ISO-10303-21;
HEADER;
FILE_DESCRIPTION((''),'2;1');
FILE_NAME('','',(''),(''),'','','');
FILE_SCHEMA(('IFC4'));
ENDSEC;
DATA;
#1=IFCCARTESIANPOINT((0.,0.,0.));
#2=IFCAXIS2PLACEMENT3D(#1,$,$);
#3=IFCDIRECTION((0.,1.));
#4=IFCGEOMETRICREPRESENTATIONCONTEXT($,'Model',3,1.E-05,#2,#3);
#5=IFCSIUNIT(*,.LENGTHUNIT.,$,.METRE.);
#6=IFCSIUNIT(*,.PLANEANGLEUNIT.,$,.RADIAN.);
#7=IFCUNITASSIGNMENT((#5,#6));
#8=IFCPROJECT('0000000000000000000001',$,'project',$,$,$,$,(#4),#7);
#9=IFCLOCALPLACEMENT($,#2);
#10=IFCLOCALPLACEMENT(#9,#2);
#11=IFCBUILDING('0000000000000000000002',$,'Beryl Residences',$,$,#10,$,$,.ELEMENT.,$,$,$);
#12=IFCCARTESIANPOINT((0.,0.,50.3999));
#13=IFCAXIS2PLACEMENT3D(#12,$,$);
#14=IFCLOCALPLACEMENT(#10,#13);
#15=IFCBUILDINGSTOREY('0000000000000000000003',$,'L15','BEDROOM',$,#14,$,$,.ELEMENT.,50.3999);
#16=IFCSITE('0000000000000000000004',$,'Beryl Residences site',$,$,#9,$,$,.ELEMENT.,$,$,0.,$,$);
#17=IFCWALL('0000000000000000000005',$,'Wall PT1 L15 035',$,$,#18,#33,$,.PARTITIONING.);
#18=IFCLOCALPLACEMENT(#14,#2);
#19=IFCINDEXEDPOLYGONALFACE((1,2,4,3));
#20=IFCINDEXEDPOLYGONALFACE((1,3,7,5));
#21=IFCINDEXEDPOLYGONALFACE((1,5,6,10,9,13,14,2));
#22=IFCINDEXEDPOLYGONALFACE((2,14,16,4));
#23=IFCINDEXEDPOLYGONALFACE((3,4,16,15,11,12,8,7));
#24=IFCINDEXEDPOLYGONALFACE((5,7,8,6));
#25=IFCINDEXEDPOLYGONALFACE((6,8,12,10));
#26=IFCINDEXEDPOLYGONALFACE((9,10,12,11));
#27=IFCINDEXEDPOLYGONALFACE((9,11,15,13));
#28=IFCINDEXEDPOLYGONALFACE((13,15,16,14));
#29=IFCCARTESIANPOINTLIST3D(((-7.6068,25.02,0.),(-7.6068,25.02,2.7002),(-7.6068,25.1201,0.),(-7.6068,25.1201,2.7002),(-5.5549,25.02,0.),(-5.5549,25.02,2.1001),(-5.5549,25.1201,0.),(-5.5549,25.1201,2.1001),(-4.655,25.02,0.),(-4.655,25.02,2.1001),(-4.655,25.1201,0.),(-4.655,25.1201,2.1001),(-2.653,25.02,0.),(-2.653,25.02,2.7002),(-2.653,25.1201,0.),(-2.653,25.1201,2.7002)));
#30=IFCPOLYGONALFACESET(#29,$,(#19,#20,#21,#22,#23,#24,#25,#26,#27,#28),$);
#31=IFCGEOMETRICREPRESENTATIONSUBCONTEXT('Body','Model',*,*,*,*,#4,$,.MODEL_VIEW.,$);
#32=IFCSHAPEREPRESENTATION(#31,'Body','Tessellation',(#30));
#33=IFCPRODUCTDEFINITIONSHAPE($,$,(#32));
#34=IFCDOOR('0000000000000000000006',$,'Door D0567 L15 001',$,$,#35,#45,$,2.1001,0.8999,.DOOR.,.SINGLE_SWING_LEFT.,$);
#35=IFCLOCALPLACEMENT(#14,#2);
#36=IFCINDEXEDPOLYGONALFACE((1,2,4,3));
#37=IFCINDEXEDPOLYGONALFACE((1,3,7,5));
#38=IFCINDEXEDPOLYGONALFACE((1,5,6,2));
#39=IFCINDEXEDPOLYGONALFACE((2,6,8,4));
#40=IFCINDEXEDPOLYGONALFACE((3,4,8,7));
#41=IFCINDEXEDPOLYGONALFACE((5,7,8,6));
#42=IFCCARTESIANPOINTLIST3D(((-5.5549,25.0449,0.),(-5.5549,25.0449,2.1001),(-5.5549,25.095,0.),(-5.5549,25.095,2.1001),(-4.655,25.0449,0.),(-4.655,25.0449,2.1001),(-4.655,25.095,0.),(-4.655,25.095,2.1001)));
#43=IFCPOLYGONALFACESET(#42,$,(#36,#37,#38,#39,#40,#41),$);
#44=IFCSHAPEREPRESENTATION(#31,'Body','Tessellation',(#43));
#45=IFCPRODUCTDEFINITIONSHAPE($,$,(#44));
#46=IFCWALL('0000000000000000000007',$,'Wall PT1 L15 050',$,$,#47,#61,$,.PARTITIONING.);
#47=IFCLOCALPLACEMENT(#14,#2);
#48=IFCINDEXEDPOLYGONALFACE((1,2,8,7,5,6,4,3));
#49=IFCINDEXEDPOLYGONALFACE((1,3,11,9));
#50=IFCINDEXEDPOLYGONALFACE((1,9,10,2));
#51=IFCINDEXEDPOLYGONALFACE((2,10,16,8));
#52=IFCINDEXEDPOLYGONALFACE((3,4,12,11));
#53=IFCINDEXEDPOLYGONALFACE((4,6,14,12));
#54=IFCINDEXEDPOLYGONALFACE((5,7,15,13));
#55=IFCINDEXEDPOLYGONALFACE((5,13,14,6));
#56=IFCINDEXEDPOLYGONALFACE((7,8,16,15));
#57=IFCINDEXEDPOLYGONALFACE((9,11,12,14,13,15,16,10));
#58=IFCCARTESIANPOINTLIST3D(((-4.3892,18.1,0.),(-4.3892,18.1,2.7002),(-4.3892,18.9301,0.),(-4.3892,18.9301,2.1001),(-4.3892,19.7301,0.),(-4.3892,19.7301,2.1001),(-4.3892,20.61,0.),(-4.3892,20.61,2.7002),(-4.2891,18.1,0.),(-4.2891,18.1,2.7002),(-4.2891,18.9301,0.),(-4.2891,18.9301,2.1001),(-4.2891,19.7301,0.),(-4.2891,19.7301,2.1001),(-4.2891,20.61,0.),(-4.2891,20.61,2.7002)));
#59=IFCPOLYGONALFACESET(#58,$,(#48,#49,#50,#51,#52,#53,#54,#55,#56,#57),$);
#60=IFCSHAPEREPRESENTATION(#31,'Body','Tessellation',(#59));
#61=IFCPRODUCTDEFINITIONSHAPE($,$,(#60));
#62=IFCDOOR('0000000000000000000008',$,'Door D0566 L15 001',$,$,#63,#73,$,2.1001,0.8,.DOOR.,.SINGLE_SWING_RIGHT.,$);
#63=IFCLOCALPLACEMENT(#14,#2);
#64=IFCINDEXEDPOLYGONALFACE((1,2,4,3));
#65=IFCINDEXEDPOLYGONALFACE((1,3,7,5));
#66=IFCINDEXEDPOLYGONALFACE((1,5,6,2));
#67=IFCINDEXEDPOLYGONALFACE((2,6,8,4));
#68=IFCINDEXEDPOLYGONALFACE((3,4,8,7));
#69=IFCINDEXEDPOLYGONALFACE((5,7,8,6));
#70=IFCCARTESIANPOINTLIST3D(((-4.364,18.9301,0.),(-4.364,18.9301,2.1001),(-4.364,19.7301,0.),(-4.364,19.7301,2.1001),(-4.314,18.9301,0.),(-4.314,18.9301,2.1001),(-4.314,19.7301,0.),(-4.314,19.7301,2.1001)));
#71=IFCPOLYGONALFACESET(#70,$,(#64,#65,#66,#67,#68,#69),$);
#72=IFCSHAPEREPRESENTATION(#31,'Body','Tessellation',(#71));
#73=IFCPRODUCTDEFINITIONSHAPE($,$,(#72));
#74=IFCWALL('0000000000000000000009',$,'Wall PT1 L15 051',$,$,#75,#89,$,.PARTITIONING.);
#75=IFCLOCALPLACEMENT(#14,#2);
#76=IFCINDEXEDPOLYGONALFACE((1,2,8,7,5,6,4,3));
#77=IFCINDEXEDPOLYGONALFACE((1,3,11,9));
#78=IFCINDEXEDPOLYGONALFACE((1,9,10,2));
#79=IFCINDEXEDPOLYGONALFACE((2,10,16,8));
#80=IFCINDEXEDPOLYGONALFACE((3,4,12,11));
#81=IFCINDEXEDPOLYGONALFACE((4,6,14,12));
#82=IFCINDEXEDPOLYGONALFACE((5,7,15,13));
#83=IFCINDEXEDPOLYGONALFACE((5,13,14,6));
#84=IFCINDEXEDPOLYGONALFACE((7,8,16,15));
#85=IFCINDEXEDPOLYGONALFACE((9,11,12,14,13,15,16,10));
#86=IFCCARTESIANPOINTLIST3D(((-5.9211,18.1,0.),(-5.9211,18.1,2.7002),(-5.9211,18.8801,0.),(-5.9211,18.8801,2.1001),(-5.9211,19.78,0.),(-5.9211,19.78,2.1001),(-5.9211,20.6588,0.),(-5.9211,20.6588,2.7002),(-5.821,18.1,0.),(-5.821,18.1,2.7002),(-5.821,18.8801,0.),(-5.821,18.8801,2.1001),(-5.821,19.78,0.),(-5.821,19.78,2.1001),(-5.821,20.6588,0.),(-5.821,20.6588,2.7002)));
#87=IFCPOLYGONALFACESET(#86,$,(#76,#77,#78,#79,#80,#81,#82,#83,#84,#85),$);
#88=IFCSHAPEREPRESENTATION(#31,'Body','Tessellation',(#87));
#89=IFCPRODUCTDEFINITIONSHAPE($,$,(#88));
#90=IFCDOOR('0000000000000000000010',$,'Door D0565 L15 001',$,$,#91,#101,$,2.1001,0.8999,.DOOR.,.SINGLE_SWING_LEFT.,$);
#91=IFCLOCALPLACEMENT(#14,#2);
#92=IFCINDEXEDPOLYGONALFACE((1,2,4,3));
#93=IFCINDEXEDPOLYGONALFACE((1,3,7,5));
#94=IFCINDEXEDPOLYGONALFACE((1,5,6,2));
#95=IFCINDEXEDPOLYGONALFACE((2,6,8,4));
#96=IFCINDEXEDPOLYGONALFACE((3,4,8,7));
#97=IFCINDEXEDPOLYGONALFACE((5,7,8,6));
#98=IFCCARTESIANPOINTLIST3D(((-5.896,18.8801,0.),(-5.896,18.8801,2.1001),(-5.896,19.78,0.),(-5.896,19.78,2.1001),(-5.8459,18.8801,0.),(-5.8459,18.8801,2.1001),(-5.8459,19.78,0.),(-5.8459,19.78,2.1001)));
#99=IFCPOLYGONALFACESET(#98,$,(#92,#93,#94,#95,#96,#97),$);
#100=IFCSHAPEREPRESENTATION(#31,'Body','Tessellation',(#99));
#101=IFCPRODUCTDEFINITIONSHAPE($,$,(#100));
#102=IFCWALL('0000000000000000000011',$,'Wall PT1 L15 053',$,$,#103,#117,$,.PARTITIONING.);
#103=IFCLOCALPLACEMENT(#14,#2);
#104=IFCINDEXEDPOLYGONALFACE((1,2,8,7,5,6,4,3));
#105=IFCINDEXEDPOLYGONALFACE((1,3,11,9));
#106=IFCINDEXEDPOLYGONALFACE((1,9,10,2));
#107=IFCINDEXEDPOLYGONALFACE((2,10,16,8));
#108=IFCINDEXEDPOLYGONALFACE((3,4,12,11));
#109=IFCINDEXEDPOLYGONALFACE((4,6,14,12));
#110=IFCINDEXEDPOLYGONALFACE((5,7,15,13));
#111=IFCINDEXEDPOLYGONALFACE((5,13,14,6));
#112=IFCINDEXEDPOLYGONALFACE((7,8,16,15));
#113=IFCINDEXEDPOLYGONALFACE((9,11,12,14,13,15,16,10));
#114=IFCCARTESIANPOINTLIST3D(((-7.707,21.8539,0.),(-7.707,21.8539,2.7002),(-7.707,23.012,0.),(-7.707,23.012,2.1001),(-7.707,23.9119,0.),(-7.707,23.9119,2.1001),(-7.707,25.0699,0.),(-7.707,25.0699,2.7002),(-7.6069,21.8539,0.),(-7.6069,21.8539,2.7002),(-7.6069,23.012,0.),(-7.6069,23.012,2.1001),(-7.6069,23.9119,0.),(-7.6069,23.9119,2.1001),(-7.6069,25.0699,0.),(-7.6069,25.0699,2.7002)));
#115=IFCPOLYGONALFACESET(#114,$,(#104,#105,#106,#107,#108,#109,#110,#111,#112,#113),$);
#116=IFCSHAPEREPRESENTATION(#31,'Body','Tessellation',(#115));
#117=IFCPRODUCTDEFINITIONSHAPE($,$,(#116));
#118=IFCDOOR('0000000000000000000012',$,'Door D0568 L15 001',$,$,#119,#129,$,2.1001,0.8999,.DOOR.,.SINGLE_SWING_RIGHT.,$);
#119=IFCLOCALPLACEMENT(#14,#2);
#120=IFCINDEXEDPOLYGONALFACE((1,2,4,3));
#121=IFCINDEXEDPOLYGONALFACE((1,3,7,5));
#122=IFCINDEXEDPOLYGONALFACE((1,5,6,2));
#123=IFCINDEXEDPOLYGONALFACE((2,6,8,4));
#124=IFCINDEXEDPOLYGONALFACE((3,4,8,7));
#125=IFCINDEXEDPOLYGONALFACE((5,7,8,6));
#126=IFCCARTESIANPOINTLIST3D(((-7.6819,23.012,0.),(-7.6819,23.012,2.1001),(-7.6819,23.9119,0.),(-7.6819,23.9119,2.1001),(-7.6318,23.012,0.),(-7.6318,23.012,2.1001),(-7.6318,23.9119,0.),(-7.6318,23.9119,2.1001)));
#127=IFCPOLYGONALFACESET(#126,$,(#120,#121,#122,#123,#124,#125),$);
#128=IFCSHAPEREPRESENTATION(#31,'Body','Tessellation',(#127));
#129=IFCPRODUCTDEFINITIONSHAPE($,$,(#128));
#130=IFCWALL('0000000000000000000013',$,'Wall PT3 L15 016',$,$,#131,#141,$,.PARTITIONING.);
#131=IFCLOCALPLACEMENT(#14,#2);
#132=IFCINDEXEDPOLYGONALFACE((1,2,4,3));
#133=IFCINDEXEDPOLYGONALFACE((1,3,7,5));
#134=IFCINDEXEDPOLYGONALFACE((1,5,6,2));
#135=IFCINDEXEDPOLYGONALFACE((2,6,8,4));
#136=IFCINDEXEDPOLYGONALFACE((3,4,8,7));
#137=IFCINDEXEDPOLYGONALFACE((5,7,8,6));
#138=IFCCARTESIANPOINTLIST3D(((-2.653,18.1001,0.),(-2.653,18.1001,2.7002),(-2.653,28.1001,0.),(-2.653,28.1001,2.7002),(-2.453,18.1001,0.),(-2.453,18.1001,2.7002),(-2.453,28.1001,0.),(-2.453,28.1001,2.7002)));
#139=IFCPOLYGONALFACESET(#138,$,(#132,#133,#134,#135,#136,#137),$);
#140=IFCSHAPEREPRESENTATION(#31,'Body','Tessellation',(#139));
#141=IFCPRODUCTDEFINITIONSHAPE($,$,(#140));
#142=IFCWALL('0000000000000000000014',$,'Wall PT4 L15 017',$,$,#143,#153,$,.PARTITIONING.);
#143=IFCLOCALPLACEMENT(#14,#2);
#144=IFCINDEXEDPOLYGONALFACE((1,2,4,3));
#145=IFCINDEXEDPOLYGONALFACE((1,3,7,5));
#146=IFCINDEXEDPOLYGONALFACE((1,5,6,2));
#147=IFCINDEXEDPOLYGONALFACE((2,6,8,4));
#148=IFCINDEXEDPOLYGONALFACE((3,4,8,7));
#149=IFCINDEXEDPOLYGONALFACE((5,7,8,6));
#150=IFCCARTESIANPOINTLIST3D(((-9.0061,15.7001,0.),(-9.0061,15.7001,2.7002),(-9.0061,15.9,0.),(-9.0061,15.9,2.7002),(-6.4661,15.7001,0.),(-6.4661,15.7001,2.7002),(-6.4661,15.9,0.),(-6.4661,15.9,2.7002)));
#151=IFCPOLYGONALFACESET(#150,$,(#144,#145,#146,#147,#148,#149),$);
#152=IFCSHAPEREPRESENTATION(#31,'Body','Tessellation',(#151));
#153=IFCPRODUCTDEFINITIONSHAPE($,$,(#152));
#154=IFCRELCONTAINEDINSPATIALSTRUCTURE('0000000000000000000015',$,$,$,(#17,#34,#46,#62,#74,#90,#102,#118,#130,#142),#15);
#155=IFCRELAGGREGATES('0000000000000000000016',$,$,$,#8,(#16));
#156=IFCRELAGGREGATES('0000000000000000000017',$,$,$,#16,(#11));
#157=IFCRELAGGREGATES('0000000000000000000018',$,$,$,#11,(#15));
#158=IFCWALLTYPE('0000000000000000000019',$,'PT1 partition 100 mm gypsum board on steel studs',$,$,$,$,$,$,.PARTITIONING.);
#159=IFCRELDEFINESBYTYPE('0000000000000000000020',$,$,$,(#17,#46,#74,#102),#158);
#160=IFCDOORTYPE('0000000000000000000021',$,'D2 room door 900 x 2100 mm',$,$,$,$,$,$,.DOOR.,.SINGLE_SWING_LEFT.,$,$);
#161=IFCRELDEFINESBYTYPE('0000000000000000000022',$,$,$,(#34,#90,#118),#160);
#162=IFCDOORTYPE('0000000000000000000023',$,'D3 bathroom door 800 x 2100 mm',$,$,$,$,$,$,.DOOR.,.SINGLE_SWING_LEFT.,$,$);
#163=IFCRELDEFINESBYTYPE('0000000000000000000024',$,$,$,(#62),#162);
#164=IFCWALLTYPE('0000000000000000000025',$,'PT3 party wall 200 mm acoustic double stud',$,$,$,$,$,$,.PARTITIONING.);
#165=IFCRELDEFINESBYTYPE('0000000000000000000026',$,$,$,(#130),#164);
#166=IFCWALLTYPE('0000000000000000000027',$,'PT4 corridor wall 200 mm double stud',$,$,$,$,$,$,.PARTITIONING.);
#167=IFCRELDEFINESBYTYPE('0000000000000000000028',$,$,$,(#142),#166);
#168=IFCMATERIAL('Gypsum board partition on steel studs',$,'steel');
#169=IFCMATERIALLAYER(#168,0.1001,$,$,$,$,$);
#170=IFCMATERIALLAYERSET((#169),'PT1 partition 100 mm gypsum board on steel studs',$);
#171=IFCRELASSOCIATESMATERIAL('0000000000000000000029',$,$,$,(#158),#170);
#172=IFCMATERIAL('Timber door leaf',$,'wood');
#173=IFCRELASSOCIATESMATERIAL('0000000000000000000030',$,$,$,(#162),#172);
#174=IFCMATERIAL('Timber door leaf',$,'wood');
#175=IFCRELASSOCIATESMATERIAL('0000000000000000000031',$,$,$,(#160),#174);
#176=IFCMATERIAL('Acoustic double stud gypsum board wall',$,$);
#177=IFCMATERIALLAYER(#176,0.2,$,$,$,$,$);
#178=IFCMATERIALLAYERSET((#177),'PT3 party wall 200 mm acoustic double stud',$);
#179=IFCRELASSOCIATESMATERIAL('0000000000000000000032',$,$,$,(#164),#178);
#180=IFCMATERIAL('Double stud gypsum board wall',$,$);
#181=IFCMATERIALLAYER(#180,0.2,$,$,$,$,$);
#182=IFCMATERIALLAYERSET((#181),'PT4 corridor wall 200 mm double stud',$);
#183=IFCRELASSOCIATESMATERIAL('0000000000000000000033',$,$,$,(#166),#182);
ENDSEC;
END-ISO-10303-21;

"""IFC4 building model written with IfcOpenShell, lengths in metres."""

from ifc_helpers import new_model, si_unit, direction, frame, frame_2d, origin, place, context, subcontext, project, spatial, rectangle, extrude, material, layer, layer_set, type_object, element, fill, save


model = new_model("IFC4")

# Units and contexts
model_context = context("Model", 3, precision=1e-05, world=origin(), true_north=direction((0.0, 1.0)))
body_context = subcontext(model_context, "Body", "Model", "MODEL_VIEW")
ifc_project = project(units=[si_unit("LENGTHUNIT", "METRE"), si_unit("PLANEANGLEUNIT", "RADIAN")], contexts=[model_context])

# Site, building, storey
site_placement = place(None, origin())
site = spatial("IfcSite", under=ifc_project, at=site_placement, Name="Beryl Residences site", CompositionType="ELEMENT", RefElevation=0.0)
building_placement = place(site_placement, origin())
building = spatial("IfcBuilding", under=site, at=building_placement, Name="Beryl Residences", CompositionType="ELEMENT")
storey_placement = place(building_placement, frame((0.0, 0.0, 50.3999)))
storey = spatial("IfcBuildingStorey", under=building, at=storey_placement, Name="L15", Description="BEDROOM", CompositionType="ELEMENT", Elevation=50.3999)

# Shared definitions
ifc_material_1 = material(Name="Gypsum board partition on steel studs", Category="steel")
ifc_layer_1 = layer(ifc_material_1, 0.1001)
ifc_layer_set_1 = layer_set([ifc_layer_1], Name="PT1 partition 100 mm gypsum board on steel studs")
wall_type_1 = type_object("IfcWallType", Name="PT1 partition 100 mm gypsum board on steel studs", PredefinedType="PARTITIONING", material=ifc_layer_set_1)

# Walls, openings, doors
ifc_material_2 = material(Name="Timber door leaf", Category="wood")
door_type_1 = type_object("IfcDoorType", Name="D3 bathroom door 800 x 2100 mm", OperationType="SINGLE_SWING_LEFT", PredefinedType="DOOR", material=ifc_material_2)
wall_1_placement = place(storey_placement, frame((-7.6069, 25.0701, 0.0), z_axis=(0.0, 0.0, 1.0), x_axis=(1.0, 0.0, 0.0)))
wall_1 = element("IfcWall", 1, at=wall_1_placement, inside=storey, type_object=wall_type_1, Name="Wall PT1 L15 035", PredefinedType="PARTITIONING", context=body_context, shape_type="SweptSolid", body=[
    extrude(rectangle(XDim=4.9539, YDim=0.1001, at=frame_2d((2.4771, 0.0))), origin(), (0.0, 0.0, 1.0), 2.7002),
])
opening_1_placement = place(wall_1_placement, frame((2.052, 0.0, 0.0)))
opening_1 = element("IfcOpeningElement", 2, at=opening_1_placement, cuts=wall_1, PredefinedType="OPENING", context=body_context, shape_type="SweptSolid", body=[
    extrude(rectangle(XDim=0.8999, YDim=2.1001, at=frame_2d((0.45, 1.05))), frame((0.0, 0.0601, 0.0), z_axis=(0.0, -1.0, 0.0), x_axis=(1.0, 0.0, 0.0)), (0.0, 0.0, 1.0), 0.1201),
])
ifc_material_3 = material(Name="Timber door leaf", Category="wood")
door_type_2 = type_object("IfcDoorType", Name="D2 room door 900 x 2100 mm", OperationType="SINGLE_SWING_LEFT", PredefinedType="DOOR", material=ifc_material_3)
door_1_placement = place(opening_1_placement, origin())
door_1 = element("IfcDoor", 3, at=door_1_placement, inside=storey, type_object=door_type_2, Name="Door D0567 L15 001", OperationType="SINGLE_SWING_LEFT", OverallHeight=2.1001, OverallWidth=0.8999, PredefinedType="DOOR", context=body_context, shape_type="SweptSolid", body=[
    extrude(rectangle(XDim=0.8999, YDim=2.1001, at=frame_2d((0.45, 1.05))), frame((0.0, 0.0249, 0.0), z_axis=(0.0, -1.0, 0.0), x_axis=(1.0, 0.0, 0.0)), (0.0, 0.0, 1.0), 0.05),
])
fill(opening_1, door_1)
wall_2_placement = place(storey_placement, frame((-4.3391, 18.1001, 0.0), z_axis=(0.0, 0.0, 1.0), x_axis=(0.0, 1.0, 0.0)))
wall_2 = element("IfcWall", 4, at=wall_2_placement, inside=storey, type_object=wall_type_1, Name="Wall PT1 L15 050", PredefinedType="PARTITIONING", context=body_context, shape_type="SweptSolid", body=[
    extrude(rectangle(XDim=2.51, YDim=0.1001, at=frame_2d((1.2549, 0.0))), origin(), (0.0, 0.0, 1.0), 2.7002),
])
opening_2_placement = place(wall_2_placement, frame((0.8301, 0.0, 0.0)))
opening_2 = element("IfcOpeningElement", 5, at=opening_2_placement, cuts=wall_2, PredefinedType="OPENING", context=body_context, shape_type="SweptSolid", body=[
    extrude(rectangle(XDim=0.8, YDim=2.1001, at=frame_2d((0.3999, 1.05))), frame((0.0, 0.0601, 0.0), z_axis=(0.0, -1.0, 0.0), x_axis=(1.0, 0.0, 0.0)), (0.0, 0.0, 1.0), 0.1201),
])
door_2_placement = place(opening_2_placement, origin())
door_2 = element("IfcDoor", 6, at=door_2_placement, inside=storey, type_object=door_type_1, Name="Door D0566 L15 001", OperationType="SINGLE_SWING_RIGHT", OverallHeight=2.1001, OverallWidth=0.8, PredefinedType="DOOR", context=body_context, shape_type="SweptSolid", body=[
    extrude(rectangle(XDim=0.8, YDim=2.1001, at=frame_2d((0.3999, 1.05))), frame((0.0, 0.0249, 0.0), z_axis=(0.0, -1.0, 0.0), x_axis=(1.0, 0.0, 0.0)), (0.0, 0.0, 1.0), 0.05),
])
fill(opening_2, door_2)
wall_3_placement = place(storey_placement, frame((-5.8711, 18.1001, 0.0), z_axis=(0.0, 0.0, 1.0), x_axis=(0.0, 1.0, 0.0)))
wall_3 = element("IfcWall", 7, at=wall_3_placement, inside=storey, type_object=wall_type_1, Name="Wall PT1 L15 051", PredefinedType="PARTITIONING", context=body_context, shape_type="SweptSolid", body=[
    extrude(rectangle(XDim=2.5588, YDim=0.1001, at=frame_2d((1.2793, 0.0))), origin(), (0.0, 0.0, 1.0), 2.7002),
])
opening_3_placement = place(wall_3_placement, frame((0.78, 0.0, 0.0)))
opening_3 = element("IfcOpeningElement", 8, at=opening_3_placement, cuts=wall_3, PredefinedType="OPENING", context=body_context, shape_type="SweptSolid", body=[
    extrude(rectangle(XDim=0.8999, YDim=2.1001, at=frame_2d((0.45, 1.05))), frame((0.0, 0.0601, 0.0), z_axis=(0.0, -1.0, 0.0), x_axis=(1.0, 0.0, 0.0)), (0.0, 0.0, 1.0), 0.1201),
])
door_3_placement = place(opening_3_placement, origin())
door_3 = element("IfcDoor", 9, at=door_3_placement, inside=storey, type_object=door_type_2, Name="Door D0565 L15 001", OperationType="SINGLE_SWING_LEFT", OverallHeight=2.1001, OverallWidth=0.8999, PredefinedType="DOOR", context=body_context, shape_type="SweptSolid", body=[
    extrude(rectangle(XDim=0.8999, YDim=2.1001, at=frame_2d((0.45, 1.05))), frame((0.0, 0.0249, 0.0), z_axis=(0.0, -1.0, 0.0), x_axis=(1.0, 0.0, 0.0)), (0.0, 0.0, 1.0), 0.05),
])
fill(opening_3, door_3)
wall_4_placement = place(storey_placement, frame((-7.657, 21.854, 0.0), z_axis=(0.0, 0.0, 1.0), x_axis=(0.0, 1.0, 0.0)))
wall_4 = element("IfcWall", 10, at=wall_4_placement, inside=storey, type_object=wall_type_1, Name="Wall PT1 L15 053", PredefinedType="PARTITIONING", context=body_context, shape_type="SweptSolid", body=[
    extrude(rectangle(XDim=3.2161, YDim=0.1001, at=frame_2d((1.6079, 0.0))), origin(), (0.0, 0.0, 1.0), 2.7002),
])
opening_4_placement = place(wall_4_placement, frame((1.158, 0.0, 0.0)))
opening_4 = element("IfcOpeningElement", 11, at=opening_4_placement, cuts=wall_4, PredefinedType="OPENING", context=body_context, shape_type="SweptSolid", body=[
    extrude(rectangle(XDim=0.8999, YDim=2.1001, at=frame_2d((0.45, 1.05))), frame((0.0, 0.0601, 0.0), z_axis=(0.0, -1.0, 0.0), x_axis=(1.0, 0.0, 0.0)), (0.0, 0.0, 1.0), 0.1201),
])
door_4_placement = place(opening_4_placement, origin())
door_4 = element("IfcDoor", 12, at=door_4_placement, inside=storey, type_object=door_type_2, Name="Door D0568 L15 001", OperationType="SINGLE_SWING_RIGHT", OverallHeight=2.1001, OverallWidth=0.8999, PredefinedType="DOOR", context=body_context, shape_type="SweptSolid", body=[
    extrude(rectangle(XDim=0.8999, YDim=2.1001, at=frame_2d((0.45, 1.05))), frame((0.0, 0.0249, 0.0), z_axis=(0.0, -1.0, 0.0), x_axis=(1.0, 0.0, 0.0)), (0.0, 0.0, 1.0), 0.05),
])
fill(opening_4, door_4)

# Walls
ifc_material_4 = material(Name="Acoustic double stud gypsum board wall")
ifc_layer_2 = layer(ifc_material_4, 0.2)
ifc_layer_set_2 = layer_set([ifc_layer_2], Name="PT3 party wall 200 mm acoustic double stud")
wall_type_2 = type_object("IfcWallType", Name="PT3 party wall 200 mm acoustic double stud", PredefinedType="PARTITIONING", material=ifc_layer_set_2)
wall_5_placement = place(storey_placement, frame((-2.553, 18.1001, 0.0), z_axis=(0.0, 0.0, 1.0), x_axis=(0.0, 1.0, 0.0)))
element("IfcWall", 13, at=wall_5_placement, inside=storey, type_object=wall_type_2, Name="Wall PT3 L15 016", PredefinedType="PARTITIONING", context=body_context, shape_type="SweptSolid", body=[
    extrude(rectangle(XDim=10.0, YDim=0.2, at=frame_2d((5.0, 0.0))), origin(), (0.0, 0.0, 1.0), 2.7002),
])
ifc_material_5 = material(Name="Double stud gypsum board wall")
ifc_layer_3 = layer(ifc_material_5, 0.2)
ifc_layer_set_3 = layer_set([ifc_layer_3], Name="PT4 corridor wall 200 mm double stud")
wall_type_3 = type_object("IfcWallType", Name="PT4 corridor wall 200 mm double stud", PredefinedType="PARTITIONING", material=ifc_layer_set_3)
wall_6_placement = place(storey_placement, frame((-9.0061, 15.8, 0.0), z_axis=(0.0, 0.0, 1.0), x_axis=(1.0, 0.0, 0.0)))
element("IfcWall", 14, at=wall_6_placement, inside=storey, type_object=wall_type_3, Name="Wall PT4 L15 017", PredefinedType="PARTITIONING", context=body_context, shape_type="SweptSolid", body=[
    extrude(rectangle(XDim=2.54, YDim=0.2, at=frame_2d((1.27, 0.0))), origin(), (0.0, 0.0, 1.0), 2.7002),
])

save(model, "model.ifc")
